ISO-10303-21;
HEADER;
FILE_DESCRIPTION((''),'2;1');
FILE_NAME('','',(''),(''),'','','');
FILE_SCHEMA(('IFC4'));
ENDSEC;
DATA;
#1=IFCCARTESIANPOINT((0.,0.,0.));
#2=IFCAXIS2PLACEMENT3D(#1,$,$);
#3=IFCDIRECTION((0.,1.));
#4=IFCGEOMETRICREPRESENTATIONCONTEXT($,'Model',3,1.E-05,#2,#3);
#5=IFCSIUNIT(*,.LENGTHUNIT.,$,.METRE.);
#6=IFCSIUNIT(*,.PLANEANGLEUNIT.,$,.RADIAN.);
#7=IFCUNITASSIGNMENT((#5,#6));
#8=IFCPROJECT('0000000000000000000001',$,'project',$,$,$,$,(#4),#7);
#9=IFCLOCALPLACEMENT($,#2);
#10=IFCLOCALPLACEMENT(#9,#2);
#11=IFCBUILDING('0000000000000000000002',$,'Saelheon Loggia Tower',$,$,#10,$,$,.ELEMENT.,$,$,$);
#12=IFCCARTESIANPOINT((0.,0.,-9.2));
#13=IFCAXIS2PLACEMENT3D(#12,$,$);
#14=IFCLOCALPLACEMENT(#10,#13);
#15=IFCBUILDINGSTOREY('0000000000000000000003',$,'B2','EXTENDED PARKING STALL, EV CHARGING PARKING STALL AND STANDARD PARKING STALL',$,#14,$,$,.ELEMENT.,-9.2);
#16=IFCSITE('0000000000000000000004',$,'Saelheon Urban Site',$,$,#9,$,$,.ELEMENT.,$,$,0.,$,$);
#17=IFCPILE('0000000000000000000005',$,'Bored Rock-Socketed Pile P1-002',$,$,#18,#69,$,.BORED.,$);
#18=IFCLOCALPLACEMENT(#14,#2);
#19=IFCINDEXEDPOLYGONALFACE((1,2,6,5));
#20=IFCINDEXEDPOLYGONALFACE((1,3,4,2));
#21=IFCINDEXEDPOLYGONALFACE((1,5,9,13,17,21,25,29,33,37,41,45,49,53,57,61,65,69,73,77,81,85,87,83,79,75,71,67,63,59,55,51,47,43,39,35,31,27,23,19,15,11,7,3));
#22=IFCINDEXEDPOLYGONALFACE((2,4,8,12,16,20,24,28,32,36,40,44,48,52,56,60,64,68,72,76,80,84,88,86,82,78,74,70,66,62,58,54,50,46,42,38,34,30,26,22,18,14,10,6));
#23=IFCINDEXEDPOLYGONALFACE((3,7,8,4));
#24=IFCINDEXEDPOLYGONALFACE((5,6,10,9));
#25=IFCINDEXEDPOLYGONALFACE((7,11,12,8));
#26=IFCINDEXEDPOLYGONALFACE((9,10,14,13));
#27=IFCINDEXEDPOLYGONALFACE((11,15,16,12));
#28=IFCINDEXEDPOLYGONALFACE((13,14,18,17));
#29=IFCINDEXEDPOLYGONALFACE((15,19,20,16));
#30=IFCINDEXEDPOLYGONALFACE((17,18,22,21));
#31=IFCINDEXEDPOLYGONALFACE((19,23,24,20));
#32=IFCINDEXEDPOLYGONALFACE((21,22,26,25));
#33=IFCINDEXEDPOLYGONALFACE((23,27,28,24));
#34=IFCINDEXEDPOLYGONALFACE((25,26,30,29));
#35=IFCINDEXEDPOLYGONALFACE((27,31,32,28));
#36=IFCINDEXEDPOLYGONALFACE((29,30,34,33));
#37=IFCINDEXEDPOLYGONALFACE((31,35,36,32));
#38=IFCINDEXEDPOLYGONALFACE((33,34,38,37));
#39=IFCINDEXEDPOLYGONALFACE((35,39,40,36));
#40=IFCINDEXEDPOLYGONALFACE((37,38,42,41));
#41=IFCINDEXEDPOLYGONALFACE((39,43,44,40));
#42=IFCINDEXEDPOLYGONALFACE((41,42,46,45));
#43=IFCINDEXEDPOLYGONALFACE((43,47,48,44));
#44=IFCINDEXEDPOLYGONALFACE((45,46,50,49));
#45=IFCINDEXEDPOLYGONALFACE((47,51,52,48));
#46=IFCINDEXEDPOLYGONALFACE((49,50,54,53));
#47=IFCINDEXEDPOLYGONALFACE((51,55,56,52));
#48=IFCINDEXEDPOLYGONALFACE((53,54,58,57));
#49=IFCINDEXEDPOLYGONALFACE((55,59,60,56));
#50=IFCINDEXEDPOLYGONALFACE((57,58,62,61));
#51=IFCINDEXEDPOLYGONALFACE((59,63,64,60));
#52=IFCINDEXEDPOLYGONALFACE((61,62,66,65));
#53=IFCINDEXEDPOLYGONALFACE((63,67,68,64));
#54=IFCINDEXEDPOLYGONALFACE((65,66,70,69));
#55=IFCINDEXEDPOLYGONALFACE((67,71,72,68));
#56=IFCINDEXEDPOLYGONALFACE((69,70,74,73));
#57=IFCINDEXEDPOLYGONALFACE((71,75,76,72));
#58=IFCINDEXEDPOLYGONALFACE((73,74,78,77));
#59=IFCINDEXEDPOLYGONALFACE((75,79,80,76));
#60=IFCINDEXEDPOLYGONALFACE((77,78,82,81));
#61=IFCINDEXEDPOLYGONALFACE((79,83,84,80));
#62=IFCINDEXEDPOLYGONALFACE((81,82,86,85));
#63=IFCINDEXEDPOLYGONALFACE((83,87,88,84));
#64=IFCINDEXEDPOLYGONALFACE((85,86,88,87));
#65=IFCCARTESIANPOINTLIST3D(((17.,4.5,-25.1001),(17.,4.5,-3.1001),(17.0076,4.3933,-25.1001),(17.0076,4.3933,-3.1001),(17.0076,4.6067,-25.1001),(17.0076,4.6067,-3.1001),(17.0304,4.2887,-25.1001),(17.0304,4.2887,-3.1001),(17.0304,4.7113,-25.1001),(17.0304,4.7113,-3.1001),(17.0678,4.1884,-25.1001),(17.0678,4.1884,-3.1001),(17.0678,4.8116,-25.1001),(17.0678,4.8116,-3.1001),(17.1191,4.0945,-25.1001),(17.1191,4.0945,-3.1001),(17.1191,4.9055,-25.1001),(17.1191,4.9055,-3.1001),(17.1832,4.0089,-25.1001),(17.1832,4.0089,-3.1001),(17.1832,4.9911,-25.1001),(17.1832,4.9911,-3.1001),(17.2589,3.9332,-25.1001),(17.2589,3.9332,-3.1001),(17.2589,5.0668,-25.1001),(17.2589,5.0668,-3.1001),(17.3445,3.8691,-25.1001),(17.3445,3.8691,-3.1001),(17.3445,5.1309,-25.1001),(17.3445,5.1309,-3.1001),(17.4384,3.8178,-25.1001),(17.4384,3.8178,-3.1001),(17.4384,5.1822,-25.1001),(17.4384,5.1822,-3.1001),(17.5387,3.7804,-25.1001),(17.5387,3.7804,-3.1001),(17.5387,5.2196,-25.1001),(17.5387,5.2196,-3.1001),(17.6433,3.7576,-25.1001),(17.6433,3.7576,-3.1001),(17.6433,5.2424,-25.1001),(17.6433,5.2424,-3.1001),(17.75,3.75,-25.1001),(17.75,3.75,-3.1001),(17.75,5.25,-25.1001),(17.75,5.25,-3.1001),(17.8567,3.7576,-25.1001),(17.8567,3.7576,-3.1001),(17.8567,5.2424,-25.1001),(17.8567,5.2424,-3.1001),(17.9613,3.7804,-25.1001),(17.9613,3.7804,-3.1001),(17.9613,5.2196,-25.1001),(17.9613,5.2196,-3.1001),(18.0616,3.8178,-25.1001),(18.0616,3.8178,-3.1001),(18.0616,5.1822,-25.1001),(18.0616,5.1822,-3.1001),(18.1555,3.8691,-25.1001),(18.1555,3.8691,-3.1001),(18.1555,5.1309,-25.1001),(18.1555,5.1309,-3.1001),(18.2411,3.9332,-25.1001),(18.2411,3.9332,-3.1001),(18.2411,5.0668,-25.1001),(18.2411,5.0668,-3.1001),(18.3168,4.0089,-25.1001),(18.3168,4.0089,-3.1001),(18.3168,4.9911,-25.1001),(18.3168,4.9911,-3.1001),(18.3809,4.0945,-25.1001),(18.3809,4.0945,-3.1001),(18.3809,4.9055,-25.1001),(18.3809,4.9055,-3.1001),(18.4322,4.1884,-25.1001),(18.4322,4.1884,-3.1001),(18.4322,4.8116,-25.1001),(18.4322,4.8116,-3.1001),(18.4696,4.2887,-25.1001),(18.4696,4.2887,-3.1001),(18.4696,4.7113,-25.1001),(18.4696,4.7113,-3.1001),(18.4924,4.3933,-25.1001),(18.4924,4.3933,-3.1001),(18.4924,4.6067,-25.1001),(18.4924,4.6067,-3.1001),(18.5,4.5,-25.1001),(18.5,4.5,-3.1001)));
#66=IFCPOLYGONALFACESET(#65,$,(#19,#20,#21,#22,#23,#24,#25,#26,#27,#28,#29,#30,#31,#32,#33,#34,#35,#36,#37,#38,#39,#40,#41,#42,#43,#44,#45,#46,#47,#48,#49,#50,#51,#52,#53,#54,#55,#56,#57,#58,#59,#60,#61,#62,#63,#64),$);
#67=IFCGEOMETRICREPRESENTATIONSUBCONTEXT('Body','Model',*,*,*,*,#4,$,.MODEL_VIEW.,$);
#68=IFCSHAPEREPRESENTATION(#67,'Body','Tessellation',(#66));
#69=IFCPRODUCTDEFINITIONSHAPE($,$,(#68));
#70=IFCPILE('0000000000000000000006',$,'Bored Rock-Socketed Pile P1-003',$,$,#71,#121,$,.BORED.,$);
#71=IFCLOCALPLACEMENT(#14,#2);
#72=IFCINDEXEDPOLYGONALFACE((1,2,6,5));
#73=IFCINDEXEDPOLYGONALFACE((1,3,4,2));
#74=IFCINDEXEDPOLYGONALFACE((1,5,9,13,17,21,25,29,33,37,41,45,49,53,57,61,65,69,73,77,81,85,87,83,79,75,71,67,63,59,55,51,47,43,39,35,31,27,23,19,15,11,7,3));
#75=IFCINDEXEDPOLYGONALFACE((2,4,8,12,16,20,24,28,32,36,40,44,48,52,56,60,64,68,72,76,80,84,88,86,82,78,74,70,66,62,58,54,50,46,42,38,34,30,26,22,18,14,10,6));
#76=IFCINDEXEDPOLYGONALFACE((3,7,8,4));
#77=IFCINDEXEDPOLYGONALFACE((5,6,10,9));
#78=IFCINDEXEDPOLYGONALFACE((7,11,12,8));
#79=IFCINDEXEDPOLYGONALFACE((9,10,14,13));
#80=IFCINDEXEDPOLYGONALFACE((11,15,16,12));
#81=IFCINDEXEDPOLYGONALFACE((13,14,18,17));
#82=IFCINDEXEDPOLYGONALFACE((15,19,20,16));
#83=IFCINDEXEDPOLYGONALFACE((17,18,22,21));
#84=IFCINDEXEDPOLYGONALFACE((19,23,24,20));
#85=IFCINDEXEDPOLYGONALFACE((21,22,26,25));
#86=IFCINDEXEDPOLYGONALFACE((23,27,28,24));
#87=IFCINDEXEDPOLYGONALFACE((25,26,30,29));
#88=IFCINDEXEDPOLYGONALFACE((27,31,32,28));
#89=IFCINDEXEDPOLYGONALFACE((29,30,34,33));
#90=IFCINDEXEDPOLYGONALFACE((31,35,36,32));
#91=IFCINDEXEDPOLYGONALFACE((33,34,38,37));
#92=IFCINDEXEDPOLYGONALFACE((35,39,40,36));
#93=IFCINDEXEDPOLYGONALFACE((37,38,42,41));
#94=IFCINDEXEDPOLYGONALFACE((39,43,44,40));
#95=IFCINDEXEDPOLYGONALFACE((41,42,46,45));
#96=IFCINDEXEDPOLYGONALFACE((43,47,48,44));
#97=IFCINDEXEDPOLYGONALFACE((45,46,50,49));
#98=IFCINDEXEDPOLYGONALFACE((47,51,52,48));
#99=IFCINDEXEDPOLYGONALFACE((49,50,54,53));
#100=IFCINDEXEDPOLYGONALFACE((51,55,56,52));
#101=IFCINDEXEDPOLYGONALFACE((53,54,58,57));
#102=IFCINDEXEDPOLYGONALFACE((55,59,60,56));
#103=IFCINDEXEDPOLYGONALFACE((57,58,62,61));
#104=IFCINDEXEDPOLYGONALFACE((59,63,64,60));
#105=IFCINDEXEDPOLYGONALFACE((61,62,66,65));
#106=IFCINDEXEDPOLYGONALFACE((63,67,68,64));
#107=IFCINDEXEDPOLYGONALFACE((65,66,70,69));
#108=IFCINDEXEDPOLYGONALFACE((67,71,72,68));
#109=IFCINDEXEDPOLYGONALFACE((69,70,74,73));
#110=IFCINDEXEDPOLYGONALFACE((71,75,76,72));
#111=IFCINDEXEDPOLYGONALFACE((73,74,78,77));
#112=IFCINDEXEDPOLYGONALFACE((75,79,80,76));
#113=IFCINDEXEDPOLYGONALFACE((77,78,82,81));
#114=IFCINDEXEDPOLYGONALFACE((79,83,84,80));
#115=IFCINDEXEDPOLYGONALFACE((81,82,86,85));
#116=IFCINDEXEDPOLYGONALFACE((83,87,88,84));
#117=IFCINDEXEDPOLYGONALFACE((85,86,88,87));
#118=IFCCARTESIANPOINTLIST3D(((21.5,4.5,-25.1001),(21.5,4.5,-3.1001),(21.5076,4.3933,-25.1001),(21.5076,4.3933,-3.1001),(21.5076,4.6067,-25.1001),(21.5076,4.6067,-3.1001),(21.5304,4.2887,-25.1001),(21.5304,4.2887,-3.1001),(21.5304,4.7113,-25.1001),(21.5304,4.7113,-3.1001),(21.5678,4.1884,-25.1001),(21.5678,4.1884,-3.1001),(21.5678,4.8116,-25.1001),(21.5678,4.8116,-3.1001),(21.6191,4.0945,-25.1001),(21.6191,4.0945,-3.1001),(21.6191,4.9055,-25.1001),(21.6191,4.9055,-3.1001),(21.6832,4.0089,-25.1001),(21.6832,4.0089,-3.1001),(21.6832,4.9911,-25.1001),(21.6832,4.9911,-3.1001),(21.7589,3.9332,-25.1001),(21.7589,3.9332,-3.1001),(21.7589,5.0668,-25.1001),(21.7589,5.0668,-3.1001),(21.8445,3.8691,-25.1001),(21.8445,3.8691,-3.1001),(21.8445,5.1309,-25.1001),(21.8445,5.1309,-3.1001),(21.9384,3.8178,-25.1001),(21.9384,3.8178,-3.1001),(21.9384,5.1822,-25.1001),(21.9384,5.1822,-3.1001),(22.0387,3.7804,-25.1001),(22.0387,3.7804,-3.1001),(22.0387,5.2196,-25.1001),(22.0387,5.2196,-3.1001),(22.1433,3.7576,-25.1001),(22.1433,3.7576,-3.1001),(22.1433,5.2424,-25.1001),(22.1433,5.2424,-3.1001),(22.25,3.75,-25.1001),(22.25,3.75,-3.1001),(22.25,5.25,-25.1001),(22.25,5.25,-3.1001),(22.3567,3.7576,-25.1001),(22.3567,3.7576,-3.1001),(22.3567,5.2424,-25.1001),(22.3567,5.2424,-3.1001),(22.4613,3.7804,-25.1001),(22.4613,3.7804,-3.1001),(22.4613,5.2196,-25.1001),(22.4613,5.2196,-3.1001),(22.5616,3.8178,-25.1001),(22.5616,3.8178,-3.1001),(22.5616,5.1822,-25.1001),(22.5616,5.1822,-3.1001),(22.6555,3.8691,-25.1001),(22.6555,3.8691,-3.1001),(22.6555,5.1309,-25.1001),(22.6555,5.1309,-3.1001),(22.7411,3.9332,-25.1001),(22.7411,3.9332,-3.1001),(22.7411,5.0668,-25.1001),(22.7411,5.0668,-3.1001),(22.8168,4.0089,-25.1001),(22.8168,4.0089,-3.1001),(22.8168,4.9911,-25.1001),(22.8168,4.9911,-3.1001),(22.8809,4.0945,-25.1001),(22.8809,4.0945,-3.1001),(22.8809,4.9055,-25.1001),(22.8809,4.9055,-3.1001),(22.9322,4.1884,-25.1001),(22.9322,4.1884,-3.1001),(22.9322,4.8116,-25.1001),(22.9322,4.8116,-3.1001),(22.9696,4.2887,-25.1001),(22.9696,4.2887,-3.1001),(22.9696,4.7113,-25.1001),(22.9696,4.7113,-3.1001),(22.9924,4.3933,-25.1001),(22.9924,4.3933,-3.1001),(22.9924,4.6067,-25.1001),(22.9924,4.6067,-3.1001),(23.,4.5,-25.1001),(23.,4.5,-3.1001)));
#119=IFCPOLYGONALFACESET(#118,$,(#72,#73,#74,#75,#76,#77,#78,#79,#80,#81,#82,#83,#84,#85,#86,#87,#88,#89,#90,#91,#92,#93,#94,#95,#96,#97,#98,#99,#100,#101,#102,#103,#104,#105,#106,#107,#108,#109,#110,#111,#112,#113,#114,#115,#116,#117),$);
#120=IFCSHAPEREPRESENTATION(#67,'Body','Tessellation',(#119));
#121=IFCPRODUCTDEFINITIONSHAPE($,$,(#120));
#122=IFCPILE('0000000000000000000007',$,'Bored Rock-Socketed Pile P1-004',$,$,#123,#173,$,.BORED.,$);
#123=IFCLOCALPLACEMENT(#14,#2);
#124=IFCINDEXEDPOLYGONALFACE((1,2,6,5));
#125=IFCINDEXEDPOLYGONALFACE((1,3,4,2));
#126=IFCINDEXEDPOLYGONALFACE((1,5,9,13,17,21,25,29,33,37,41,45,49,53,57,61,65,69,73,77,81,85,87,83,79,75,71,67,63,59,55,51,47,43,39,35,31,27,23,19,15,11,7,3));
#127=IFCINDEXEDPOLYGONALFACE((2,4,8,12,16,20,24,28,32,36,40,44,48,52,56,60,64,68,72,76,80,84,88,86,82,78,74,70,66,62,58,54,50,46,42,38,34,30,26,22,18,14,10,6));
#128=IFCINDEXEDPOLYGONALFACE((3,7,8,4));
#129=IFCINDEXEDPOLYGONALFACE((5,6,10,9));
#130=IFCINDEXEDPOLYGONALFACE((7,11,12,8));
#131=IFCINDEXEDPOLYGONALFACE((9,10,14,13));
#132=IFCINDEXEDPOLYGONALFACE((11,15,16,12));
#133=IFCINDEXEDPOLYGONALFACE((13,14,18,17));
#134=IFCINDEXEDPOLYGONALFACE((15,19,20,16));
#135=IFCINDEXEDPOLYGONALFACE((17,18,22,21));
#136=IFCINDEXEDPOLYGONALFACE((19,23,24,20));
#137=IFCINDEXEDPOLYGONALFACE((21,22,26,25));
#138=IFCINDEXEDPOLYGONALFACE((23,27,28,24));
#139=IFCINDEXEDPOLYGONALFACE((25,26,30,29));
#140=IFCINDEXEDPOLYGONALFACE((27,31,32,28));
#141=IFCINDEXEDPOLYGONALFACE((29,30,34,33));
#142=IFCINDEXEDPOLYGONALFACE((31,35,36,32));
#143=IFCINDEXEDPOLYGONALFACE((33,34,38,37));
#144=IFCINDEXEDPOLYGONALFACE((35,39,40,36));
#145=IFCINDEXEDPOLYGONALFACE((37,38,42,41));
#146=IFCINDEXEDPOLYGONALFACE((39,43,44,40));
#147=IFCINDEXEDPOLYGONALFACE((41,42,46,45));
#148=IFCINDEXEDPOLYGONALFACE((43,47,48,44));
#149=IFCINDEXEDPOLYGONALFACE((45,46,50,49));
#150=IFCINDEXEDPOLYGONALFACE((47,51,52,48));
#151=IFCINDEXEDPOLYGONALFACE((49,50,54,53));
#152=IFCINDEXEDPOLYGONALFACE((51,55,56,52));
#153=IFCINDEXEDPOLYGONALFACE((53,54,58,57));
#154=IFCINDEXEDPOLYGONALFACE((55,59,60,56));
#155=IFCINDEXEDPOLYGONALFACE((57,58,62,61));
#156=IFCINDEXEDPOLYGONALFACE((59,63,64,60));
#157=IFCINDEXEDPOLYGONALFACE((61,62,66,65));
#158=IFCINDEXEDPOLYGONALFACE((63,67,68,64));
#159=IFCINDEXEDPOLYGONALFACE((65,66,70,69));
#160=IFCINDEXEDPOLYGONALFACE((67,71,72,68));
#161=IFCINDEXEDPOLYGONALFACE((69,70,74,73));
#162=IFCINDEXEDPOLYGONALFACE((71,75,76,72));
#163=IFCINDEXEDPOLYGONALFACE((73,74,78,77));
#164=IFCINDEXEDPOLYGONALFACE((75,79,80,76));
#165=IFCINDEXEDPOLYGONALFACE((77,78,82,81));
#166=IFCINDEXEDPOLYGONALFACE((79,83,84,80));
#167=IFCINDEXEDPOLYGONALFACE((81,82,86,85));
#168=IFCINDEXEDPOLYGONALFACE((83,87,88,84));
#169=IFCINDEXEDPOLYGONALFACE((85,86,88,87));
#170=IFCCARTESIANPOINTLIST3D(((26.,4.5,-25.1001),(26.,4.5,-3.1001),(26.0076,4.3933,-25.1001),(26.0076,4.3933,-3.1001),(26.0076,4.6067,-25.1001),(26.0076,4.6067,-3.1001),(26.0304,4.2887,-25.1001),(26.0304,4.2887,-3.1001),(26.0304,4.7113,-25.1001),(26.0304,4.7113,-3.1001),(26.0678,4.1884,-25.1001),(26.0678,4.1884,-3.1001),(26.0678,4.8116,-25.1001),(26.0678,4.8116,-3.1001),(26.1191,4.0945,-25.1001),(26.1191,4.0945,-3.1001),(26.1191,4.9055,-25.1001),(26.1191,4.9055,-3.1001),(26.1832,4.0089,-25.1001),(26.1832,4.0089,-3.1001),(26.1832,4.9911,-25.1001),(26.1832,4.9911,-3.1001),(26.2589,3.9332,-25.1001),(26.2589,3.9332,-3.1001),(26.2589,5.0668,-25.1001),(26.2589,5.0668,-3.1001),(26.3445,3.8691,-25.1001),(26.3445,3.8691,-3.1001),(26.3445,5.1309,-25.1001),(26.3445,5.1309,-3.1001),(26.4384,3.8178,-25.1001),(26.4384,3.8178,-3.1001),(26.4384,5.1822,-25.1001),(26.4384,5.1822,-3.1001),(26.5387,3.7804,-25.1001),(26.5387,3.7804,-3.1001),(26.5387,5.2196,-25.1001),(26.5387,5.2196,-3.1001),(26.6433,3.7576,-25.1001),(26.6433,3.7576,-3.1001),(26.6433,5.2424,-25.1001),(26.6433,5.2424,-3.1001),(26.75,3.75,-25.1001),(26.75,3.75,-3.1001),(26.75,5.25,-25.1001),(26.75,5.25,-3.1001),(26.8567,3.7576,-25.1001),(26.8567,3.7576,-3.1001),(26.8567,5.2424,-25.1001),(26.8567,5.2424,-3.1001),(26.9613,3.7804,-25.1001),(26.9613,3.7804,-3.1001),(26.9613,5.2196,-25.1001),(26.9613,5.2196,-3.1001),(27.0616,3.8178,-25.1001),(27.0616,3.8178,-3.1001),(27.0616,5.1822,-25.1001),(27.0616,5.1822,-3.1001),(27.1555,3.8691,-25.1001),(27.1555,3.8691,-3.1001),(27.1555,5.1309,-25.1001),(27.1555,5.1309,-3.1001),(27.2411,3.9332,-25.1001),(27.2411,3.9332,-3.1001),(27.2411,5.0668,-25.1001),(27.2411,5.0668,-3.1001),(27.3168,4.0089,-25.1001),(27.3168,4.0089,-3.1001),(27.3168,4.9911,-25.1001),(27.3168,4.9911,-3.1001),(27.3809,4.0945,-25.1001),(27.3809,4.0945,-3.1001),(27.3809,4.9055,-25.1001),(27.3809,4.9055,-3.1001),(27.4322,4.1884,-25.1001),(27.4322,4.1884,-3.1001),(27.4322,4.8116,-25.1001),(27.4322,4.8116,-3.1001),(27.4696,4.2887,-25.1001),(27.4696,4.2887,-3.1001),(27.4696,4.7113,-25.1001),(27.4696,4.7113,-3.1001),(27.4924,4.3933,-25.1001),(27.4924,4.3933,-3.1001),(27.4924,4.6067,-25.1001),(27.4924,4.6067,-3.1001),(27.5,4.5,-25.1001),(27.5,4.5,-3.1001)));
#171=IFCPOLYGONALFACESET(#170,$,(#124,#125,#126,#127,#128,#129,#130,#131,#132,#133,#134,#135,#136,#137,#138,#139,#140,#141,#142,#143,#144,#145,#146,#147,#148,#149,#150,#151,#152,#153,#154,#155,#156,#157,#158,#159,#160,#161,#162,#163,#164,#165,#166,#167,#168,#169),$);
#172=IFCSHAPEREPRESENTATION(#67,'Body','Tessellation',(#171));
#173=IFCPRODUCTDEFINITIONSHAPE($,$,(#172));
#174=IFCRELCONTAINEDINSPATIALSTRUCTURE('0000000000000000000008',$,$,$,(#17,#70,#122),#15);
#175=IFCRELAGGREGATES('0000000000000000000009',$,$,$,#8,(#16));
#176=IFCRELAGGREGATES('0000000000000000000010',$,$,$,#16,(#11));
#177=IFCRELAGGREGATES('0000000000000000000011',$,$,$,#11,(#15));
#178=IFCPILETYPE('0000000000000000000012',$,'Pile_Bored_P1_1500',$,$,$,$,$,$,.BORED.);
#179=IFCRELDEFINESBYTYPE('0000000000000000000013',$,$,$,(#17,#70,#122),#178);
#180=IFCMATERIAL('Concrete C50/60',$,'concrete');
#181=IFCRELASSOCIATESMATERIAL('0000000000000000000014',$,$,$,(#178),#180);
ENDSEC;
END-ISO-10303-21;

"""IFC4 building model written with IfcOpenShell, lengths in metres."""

from ifc_helpers import new_model, si_unit, direction, frame, origin, origin_2d, place, context, subcontext, project, spatial, circle, extrude, source, transform, mapped, material, material_profile, profile_set, type_object, element, save


model = new_model("IFC4")

# Units and contexts
model_context = context("Model", 3, precision=1e-05, world=origin(), true_north=direction((0.0, 1.0)))
body_context = subcontext(model_context, "Body", "Model", "MODEL_VIEW")
ifc_project = project(units=[si_unit("LENGTHUNIT", "METRE"), si_unit("PLANEANGLEUNIT", "RADIAN")], contexts=[model_context])

# Site, building, storey
site_placement = place(None, origin())
site = spatial("IfcSite", under=ifc_project, at=site_placement, Name="Saelheon Urban Site", CompositionType="ELEMENT", RefElevation=0.0)
building_placement = place(site_placement, origin())
building = spatial("IfcBuilding", under=site, at=building_placement, Name="Saelheon Loggia Tower", CompositionType="ELEMENT")
storey_placement = place(building_placement, frame((0.0, 0.0, -9.2)))
storey = spatial("IfcBuildingStorey", under=building, at=storey_placement, Name="B2", Description="EXTENDED PARKING STALL, EV CHARGING PARKING STALL AND STANDARD PARKING STALL", CompositionType="ELEMENT", Elevation=-9.2)

# Piles
ifc_material_1 = material(Name="Concrete C50/60", Category="concrete")
ifc_material_profile_1 = material_profile(ifc_material_1, circle(Radius=0.75, at=origin_2d()), Name="CIRC-1500")
ifc_profile_set_1 = profile_set([ifc_material_profile_1], Name="Concrete C50/60")
pile_type = type_object("IfcPileType", Name="Pile_Bored_P1_1500", PredefinedType="BORED", material=ifc_profile_set_1)
shared_shape_1 = source(origin(), body_context, "Body", "SweptSolid", [
    extrude(circle(Radius=0.75, at=origin_2d()), origin(), (0.0, 0.0, 1.0), 22.0),
])
for number, where, z_axis, x_axis, name in (
    (1, (17.75, 4.5, -3.1001), (0.0, 0.0, -1.0), (1.0, 0.0, 0.0), "Bored Rock-Socketed Pile P1-002"),
    (2, (22.25, 4.5, -3.1001), (0.0, 0.0, -1.0), (1.0, 0.0, 0.0), "Bored Rock-Socketed Pile P1-003"),
    (3, (26.75, 4.5, -3.1001), (0.0, 0.0, -1.0), (1.0, 0.0, 0.0), "Bored Rock-Socketed Pile P1-004"),
):
    element("IfcPile", number, at=place(storey_placement, frame(where, z_axis=z_axis, x_axis=x_axis)), inside=storey, type_object=pile_type, Name=name, PredefinedType="BORED", context=body_context, shape_type="MappedRepresentation", body=[
        mapped(shared_shape_1, transform((0.0, 0.0, 0.0), scale=1.0)),
    ])

save(model, "model.ifc")
